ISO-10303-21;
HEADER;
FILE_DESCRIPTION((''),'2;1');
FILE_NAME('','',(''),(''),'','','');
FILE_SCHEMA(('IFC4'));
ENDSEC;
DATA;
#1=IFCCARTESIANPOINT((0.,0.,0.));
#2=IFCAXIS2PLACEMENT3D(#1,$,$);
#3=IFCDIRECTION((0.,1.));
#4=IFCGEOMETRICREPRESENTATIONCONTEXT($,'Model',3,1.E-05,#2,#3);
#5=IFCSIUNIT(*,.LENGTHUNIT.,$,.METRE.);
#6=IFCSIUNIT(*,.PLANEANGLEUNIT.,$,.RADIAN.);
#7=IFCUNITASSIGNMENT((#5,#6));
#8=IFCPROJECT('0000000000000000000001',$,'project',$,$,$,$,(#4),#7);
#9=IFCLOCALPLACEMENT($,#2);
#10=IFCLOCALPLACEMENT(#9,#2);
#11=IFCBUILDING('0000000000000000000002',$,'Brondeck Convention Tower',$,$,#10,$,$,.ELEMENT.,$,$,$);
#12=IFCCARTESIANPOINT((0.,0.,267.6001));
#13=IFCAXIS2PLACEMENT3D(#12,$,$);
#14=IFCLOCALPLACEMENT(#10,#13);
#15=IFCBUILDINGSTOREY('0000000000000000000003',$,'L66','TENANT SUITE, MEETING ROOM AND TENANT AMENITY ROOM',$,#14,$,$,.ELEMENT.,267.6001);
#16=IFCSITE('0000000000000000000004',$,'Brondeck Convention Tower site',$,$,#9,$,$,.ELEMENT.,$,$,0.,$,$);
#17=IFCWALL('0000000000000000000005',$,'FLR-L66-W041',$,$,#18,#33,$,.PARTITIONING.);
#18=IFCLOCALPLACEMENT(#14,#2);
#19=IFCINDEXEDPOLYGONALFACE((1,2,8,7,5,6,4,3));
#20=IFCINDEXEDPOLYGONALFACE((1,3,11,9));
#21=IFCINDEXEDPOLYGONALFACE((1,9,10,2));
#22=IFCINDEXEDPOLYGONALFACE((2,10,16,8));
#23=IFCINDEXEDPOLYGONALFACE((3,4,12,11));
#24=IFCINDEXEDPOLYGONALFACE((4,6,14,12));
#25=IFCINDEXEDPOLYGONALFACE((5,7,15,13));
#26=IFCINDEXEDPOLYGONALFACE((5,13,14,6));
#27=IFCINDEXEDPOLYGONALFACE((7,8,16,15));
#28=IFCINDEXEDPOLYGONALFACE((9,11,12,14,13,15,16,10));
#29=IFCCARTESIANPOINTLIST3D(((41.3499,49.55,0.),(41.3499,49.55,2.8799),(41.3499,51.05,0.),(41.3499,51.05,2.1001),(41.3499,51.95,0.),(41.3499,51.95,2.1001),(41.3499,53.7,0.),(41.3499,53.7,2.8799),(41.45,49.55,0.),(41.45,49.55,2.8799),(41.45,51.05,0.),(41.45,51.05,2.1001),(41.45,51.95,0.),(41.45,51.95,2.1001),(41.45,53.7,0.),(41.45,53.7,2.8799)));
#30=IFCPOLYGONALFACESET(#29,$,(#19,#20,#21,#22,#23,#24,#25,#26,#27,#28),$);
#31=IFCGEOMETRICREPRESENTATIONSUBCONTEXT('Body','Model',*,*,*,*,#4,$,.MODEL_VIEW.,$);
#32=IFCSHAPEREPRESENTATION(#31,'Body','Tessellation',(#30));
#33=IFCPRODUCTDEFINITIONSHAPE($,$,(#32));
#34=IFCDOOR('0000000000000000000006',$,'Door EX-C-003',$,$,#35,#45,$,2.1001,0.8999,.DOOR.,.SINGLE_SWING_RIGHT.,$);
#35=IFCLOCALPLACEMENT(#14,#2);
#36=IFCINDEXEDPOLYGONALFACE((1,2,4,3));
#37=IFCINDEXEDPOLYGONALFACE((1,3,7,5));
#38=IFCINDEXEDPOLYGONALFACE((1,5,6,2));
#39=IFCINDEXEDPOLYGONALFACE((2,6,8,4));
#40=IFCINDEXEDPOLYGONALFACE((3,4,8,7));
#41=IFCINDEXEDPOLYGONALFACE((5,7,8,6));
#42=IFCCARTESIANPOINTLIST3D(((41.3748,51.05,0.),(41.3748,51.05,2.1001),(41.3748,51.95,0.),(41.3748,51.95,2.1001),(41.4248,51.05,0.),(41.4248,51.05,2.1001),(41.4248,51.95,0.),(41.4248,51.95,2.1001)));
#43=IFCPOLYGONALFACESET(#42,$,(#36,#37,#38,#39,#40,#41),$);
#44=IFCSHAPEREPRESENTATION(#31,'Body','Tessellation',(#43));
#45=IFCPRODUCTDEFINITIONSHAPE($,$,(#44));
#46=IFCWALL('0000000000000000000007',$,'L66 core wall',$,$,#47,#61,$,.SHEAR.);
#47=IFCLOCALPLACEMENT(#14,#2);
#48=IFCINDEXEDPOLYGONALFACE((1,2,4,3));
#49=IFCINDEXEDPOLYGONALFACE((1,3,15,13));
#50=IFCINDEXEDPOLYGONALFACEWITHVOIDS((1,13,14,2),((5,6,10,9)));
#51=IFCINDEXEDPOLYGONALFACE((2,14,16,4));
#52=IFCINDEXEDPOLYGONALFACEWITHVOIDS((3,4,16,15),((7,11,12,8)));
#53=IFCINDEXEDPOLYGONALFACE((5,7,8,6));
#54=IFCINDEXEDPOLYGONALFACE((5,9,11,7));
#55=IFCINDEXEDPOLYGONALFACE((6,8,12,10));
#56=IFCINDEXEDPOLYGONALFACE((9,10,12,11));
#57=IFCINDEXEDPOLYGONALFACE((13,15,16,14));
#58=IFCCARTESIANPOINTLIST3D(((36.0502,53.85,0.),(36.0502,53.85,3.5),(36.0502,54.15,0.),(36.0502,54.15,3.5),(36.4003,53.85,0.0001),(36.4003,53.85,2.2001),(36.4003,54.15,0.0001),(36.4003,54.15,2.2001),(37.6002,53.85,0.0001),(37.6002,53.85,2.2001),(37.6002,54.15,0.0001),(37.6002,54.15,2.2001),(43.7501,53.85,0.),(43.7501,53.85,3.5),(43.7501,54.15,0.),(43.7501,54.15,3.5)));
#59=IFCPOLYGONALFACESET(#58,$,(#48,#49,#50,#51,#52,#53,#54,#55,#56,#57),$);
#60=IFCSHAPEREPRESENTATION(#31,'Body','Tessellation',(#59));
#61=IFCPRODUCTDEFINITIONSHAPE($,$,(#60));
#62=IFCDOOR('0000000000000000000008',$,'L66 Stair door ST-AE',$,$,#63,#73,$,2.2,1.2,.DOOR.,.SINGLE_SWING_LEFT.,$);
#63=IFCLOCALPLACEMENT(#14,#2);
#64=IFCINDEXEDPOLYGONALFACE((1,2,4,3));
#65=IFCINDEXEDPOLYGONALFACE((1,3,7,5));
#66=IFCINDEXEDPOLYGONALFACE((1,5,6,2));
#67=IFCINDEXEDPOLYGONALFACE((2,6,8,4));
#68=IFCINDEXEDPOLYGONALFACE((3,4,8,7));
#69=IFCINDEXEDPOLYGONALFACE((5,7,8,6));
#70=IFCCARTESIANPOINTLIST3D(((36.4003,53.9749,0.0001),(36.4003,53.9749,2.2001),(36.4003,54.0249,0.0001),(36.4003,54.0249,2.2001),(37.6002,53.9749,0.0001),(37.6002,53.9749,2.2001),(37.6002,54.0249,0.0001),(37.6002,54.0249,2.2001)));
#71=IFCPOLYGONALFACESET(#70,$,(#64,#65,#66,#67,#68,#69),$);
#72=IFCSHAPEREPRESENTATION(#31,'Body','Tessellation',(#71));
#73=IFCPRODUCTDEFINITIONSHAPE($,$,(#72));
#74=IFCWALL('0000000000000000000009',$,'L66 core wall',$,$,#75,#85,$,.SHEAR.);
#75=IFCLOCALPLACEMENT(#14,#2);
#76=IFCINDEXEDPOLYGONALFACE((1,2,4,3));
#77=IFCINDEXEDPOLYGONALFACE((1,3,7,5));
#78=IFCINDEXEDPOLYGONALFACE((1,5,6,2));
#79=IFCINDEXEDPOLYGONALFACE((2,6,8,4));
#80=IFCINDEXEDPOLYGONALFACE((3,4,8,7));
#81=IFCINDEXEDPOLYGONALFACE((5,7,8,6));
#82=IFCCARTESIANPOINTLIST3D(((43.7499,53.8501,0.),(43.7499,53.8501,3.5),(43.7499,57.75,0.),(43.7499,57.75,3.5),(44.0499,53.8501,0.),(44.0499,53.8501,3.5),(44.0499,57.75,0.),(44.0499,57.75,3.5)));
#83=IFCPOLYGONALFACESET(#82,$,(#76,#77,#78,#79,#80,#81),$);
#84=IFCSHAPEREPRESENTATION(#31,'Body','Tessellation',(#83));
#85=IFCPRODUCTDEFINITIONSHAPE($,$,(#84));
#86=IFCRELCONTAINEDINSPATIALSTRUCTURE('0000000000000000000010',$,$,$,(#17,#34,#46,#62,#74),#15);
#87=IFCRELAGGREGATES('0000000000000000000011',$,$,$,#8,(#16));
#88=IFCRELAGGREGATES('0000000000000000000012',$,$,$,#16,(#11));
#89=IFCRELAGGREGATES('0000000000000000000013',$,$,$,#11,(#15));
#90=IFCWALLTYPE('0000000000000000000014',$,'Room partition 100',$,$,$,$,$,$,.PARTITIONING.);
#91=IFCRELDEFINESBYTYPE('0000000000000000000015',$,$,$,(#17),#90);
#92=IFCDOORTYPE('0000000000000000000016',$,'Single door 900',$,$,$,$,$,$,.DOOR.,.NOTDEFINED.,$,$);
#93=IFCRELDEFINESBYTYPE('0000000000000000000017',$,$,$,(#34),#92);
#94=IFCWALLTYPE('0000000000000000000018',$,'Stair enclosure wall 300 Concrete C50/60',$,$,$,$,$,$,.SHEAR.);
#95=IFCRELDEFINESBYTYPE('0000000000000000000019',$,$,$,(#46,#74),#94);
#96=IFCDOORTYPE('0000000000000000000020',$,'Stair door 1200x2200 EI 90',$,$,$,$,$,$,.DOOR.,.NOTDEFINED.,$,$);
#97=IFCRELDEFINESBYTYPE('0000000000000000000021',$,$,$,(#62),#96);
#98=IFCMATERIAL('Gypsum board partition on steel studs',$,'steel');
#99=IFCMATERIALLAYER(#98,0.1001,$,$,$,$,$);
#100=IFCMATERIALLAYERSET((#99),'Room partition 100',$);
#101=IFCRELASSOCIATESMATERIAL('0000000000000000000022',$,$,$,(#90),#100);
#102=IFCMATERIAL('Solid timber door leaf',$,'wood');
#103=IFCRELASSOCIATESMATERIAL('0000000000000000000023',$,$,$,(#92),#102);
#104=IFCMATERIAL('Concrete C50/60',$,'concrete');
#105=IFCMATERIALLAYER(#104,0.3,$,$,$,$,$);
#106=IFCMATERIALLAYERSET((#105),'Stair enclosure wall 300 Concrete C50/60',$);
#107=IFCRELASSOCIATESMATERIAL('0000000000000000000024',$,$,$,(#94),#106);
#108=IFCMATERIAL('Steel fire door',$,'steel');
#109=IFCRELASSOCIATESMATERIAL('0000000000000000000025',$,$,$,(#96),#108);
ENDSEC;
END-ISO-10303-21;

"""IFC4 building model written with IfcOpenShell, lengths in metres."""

from ifc_helpers import new_model, si_unit, direction, frame, frame_2d, origin, place, context, subcontext, project, spatial, rectangle, extrude, material, layer, layer_set, type_object, element, fill, save


model = new_model("IFC4")

# Units and contexts
model_context = context("Model", 3, precision=1e-05, world=origin(), true_north=direction((0.0, 1.0)))
body_context = subcontext(model_context, "Body", "Model", "MODEL_VIEW")
ifc_project = project(units=[si_unit("LENGTHUNIT", "METRE"), si_unit("PLANEANGLEUNIT", "RADIAN")], contexts=[model_context])

# Site, building, storey
site_placement = place(None, origin())
site = spatial("IfcSite", under=ifc_project, at=site_placement, Name="Brondeck Convention Tower site", CompositionType="ELEMENT", RefElevation=0.0)
building_placement = place(site_placement, origin())
building = spatial("IfcBuilding", under=site, at=building_placement, Name="Brondeck Convention Tower", CompositionType="ELEMENT")
storey_placement = place(building_placement, frame((0.0, 0.0, 267.6001)))
storey = spatial("IfcBuildingStorey", under=building, at=storey_placement, Name="L66", Description="TENANT SUITE, MEETING ROOM AND TENANT AMENITY ROOM", CompositionType="ELEMENT", Elevation=267.6001)

# Shared definitions
ifc_material_1 = material(Name="Concrete C50/60", Category="concrete")

# Shared definitions
ifc_material_2 = material(Name="Gypsum board partition on steel studs", Category="steel")
ifc_layer_1 = layer(ifc_material_2, 0.1001)
ifc_layer_set_1 = layer_set([ifc_layer_1], Name="Room partition 100")
wall_type_1 = type_object("IfcWallType", Name="Room partition 100", PredefinedType="PARTITIONING", material=ifc_layer_set_1)
ifc_material_3 = material(Name="Solid timber door leaf", Category="wood")
door_type_1 = type_object("IfcDoorType", Name="Single door 900", OperationType="NOTDEFINED", PredefinedType="DOOR", material=ifc_material_3)

# Walls, openings, doors
wall_1_placement = place(storey_placement, frame((41.3999, 53.7, 0.0), z_axis=(0.0, 0.0, 1.0), x_axis=(0.0, -1.0, 0.0)))
wall_1 = element("IfcWall", 1, at=wall_1_placement, inside=storey, type_object=wall_type_1, Name="FLR-L66-W041", PredefinedType="PARTITIONING", context=body_context, shape_type="SweptSolid", body=[
    extrude(rectangle(XDim=4.1499, YDim=0.1001, at=frame_2d((2.075, 0.0))), origin(), (0.0, 0.0, 1.0), 2.8799),
])
opening_1_placement = place(wall_1_placement, frame((1.75, 0.0, 0.0)))
opening_1 = element("IfcOpeningElement", 2, at=opening_1_placement, cuts=wall_1, PredefinedType="OPENING", context=body_context, shape_type="SweptSolid", body=[
    extrude(rectangle(XDim=0.8999, YDim=2.1001, at=frame_2d((0.45, 1.05))), frame((0.0, 0.0601, 0.0), z_axis=(0.0, -1.0, 0.0), x_axis=(1.0, 0.0, 0.0)), (0.0, 0.0, 1.0), 0.1201),
])
door_1_placement = place(opening_1_placement, origin())
door_1 = element("IfcDoor", 3, at=door_1_placement, inside=storey, type_object=door_type_1, Name="Door EX-C-003", OperationType="SINGLE_SWING_RIGHT", OverallHeight=2.1001, OverallWidth=0.8999, PredefinedType="DOOR", context=body_context, shape_type="SweptSolid", body=[
    extrude(rectangle(XDim=0.8999, YDim=2.1001, at=frame_2d((0.45, 1.05))), frame((0.0, 0.0249, 0.0), z_axis=(0.0, -1.0, 0.0), x_axis=(1.0, 0.0, 0.0)), (0.0, 0.0, 1.0), 0.05),
])
fill(opening_1, door_1)
ifc_layer_2 = layer(ifc_material_1, 0.3)
ifc_layer_set_2 = layer_set([ifc_layer_2], Name="Stair enclosure wall 300 Concrete C50/60")
wall_type_2 = type_object("IfcWallType", Name="Stair enclosure wall 300 Concrete C50/60", PredefinedType="SHEAR", material=ifc_layer_set_2)
wall_2_placement = place(storey_placement, frame((36.05, 54.0, 0.0), z_axis=(0.0, 0.0, 1.0), x_axis=(1.0, 0.0, 0.0)))
wall_2 = element("IfcWall", 4, at=wall_2_placement, inside=storey, type_object=wall_type_2, Name="L66 core wall", PredefinedType="SHEAR", context=body_context, shape_type="SweptSolid", body=[
    extrude(rectangle(XDim=7.7, YDim=0.3, at=frame_2d((3.8501, 0.0))), origin(), (0.0, 0.0, 1.0), 3.5),
])
opening_2_placement = place(wall_2_placement, frame((0.3501, 0.0, 0.0)))
opening_2 = element("IfcOpeningElement", 5, at=opening_2_placement, cuts=wall_2, PredefinedType="OPENING", context=body_context, shape_type="SweptSolid", body=[
    extrude(rectangle(XDim=1.2, YDim=2.2, at=frame_2d((0.6001, 1.1001))), frame((0.0, 0.1599, 0.0), z_axis=(0.0, -1.0, 0.0), x_axis=(1.0, 0.0, 0.0)), (0.0, 0.0, 1.0), 0.3201),
])
ifc_material_4 = material(Name="Steel fire door", Category="steel")
door_type_2 = type_object("IfcDoorType", Name="Stair door 1200x2200 EI 90", OperationType="NOTDEFINED", PredefinedType="DOOR", material=ifc_material_4)
door_2_placement = place(opening_2_placement, origin())
door_2 = element("IfcDoor", 6, at=door_2_placement, inside=storey, type_object=door_type_2, Name="L66 Stair door ST-AE", OperationType="SINGLE_SWING_LEFT", OverallHeight=2.2, OverallWidth=1.2, PredefinedType="DOOR", context=body_context, shape_type="SweptSolid", body=[
    extrude(rectangle(XDim=1.2, YDim=2.2, at=frame_2d((0.6001, 1.1001))), frame((0.0, 0.0249, 0.0), z_axis=(0.0, -1.0, 0.0), x_axis=(1.0, 0.0, 0.0)), (0.0, 0.0, 1.0), 0.05),
])
fill(opening_2, door_2)

# Wall
wall_3_placement = place(storey_placement, frame((43.8999, 53.8501, 0.0), z_axis=(0.0, 0.0, 1.0), x_axis=(0.0, 1.0, 0.0)))
element("IfcWall", 7, at=wall_3_placement, inside=storey, type_object=wall_type_2, Name="L66 core wall", PredefinedType="SHEAR", context=body_context, shape_type="SweptSolid", body=[
    extrude(rectangle(XDim=3.8999, YDim=0.3, at=frame_2d((1.95, 0.0))), origin(), (0.0, 0.0, 1.0), 3.5),
])

save(model, "model.ifc")
